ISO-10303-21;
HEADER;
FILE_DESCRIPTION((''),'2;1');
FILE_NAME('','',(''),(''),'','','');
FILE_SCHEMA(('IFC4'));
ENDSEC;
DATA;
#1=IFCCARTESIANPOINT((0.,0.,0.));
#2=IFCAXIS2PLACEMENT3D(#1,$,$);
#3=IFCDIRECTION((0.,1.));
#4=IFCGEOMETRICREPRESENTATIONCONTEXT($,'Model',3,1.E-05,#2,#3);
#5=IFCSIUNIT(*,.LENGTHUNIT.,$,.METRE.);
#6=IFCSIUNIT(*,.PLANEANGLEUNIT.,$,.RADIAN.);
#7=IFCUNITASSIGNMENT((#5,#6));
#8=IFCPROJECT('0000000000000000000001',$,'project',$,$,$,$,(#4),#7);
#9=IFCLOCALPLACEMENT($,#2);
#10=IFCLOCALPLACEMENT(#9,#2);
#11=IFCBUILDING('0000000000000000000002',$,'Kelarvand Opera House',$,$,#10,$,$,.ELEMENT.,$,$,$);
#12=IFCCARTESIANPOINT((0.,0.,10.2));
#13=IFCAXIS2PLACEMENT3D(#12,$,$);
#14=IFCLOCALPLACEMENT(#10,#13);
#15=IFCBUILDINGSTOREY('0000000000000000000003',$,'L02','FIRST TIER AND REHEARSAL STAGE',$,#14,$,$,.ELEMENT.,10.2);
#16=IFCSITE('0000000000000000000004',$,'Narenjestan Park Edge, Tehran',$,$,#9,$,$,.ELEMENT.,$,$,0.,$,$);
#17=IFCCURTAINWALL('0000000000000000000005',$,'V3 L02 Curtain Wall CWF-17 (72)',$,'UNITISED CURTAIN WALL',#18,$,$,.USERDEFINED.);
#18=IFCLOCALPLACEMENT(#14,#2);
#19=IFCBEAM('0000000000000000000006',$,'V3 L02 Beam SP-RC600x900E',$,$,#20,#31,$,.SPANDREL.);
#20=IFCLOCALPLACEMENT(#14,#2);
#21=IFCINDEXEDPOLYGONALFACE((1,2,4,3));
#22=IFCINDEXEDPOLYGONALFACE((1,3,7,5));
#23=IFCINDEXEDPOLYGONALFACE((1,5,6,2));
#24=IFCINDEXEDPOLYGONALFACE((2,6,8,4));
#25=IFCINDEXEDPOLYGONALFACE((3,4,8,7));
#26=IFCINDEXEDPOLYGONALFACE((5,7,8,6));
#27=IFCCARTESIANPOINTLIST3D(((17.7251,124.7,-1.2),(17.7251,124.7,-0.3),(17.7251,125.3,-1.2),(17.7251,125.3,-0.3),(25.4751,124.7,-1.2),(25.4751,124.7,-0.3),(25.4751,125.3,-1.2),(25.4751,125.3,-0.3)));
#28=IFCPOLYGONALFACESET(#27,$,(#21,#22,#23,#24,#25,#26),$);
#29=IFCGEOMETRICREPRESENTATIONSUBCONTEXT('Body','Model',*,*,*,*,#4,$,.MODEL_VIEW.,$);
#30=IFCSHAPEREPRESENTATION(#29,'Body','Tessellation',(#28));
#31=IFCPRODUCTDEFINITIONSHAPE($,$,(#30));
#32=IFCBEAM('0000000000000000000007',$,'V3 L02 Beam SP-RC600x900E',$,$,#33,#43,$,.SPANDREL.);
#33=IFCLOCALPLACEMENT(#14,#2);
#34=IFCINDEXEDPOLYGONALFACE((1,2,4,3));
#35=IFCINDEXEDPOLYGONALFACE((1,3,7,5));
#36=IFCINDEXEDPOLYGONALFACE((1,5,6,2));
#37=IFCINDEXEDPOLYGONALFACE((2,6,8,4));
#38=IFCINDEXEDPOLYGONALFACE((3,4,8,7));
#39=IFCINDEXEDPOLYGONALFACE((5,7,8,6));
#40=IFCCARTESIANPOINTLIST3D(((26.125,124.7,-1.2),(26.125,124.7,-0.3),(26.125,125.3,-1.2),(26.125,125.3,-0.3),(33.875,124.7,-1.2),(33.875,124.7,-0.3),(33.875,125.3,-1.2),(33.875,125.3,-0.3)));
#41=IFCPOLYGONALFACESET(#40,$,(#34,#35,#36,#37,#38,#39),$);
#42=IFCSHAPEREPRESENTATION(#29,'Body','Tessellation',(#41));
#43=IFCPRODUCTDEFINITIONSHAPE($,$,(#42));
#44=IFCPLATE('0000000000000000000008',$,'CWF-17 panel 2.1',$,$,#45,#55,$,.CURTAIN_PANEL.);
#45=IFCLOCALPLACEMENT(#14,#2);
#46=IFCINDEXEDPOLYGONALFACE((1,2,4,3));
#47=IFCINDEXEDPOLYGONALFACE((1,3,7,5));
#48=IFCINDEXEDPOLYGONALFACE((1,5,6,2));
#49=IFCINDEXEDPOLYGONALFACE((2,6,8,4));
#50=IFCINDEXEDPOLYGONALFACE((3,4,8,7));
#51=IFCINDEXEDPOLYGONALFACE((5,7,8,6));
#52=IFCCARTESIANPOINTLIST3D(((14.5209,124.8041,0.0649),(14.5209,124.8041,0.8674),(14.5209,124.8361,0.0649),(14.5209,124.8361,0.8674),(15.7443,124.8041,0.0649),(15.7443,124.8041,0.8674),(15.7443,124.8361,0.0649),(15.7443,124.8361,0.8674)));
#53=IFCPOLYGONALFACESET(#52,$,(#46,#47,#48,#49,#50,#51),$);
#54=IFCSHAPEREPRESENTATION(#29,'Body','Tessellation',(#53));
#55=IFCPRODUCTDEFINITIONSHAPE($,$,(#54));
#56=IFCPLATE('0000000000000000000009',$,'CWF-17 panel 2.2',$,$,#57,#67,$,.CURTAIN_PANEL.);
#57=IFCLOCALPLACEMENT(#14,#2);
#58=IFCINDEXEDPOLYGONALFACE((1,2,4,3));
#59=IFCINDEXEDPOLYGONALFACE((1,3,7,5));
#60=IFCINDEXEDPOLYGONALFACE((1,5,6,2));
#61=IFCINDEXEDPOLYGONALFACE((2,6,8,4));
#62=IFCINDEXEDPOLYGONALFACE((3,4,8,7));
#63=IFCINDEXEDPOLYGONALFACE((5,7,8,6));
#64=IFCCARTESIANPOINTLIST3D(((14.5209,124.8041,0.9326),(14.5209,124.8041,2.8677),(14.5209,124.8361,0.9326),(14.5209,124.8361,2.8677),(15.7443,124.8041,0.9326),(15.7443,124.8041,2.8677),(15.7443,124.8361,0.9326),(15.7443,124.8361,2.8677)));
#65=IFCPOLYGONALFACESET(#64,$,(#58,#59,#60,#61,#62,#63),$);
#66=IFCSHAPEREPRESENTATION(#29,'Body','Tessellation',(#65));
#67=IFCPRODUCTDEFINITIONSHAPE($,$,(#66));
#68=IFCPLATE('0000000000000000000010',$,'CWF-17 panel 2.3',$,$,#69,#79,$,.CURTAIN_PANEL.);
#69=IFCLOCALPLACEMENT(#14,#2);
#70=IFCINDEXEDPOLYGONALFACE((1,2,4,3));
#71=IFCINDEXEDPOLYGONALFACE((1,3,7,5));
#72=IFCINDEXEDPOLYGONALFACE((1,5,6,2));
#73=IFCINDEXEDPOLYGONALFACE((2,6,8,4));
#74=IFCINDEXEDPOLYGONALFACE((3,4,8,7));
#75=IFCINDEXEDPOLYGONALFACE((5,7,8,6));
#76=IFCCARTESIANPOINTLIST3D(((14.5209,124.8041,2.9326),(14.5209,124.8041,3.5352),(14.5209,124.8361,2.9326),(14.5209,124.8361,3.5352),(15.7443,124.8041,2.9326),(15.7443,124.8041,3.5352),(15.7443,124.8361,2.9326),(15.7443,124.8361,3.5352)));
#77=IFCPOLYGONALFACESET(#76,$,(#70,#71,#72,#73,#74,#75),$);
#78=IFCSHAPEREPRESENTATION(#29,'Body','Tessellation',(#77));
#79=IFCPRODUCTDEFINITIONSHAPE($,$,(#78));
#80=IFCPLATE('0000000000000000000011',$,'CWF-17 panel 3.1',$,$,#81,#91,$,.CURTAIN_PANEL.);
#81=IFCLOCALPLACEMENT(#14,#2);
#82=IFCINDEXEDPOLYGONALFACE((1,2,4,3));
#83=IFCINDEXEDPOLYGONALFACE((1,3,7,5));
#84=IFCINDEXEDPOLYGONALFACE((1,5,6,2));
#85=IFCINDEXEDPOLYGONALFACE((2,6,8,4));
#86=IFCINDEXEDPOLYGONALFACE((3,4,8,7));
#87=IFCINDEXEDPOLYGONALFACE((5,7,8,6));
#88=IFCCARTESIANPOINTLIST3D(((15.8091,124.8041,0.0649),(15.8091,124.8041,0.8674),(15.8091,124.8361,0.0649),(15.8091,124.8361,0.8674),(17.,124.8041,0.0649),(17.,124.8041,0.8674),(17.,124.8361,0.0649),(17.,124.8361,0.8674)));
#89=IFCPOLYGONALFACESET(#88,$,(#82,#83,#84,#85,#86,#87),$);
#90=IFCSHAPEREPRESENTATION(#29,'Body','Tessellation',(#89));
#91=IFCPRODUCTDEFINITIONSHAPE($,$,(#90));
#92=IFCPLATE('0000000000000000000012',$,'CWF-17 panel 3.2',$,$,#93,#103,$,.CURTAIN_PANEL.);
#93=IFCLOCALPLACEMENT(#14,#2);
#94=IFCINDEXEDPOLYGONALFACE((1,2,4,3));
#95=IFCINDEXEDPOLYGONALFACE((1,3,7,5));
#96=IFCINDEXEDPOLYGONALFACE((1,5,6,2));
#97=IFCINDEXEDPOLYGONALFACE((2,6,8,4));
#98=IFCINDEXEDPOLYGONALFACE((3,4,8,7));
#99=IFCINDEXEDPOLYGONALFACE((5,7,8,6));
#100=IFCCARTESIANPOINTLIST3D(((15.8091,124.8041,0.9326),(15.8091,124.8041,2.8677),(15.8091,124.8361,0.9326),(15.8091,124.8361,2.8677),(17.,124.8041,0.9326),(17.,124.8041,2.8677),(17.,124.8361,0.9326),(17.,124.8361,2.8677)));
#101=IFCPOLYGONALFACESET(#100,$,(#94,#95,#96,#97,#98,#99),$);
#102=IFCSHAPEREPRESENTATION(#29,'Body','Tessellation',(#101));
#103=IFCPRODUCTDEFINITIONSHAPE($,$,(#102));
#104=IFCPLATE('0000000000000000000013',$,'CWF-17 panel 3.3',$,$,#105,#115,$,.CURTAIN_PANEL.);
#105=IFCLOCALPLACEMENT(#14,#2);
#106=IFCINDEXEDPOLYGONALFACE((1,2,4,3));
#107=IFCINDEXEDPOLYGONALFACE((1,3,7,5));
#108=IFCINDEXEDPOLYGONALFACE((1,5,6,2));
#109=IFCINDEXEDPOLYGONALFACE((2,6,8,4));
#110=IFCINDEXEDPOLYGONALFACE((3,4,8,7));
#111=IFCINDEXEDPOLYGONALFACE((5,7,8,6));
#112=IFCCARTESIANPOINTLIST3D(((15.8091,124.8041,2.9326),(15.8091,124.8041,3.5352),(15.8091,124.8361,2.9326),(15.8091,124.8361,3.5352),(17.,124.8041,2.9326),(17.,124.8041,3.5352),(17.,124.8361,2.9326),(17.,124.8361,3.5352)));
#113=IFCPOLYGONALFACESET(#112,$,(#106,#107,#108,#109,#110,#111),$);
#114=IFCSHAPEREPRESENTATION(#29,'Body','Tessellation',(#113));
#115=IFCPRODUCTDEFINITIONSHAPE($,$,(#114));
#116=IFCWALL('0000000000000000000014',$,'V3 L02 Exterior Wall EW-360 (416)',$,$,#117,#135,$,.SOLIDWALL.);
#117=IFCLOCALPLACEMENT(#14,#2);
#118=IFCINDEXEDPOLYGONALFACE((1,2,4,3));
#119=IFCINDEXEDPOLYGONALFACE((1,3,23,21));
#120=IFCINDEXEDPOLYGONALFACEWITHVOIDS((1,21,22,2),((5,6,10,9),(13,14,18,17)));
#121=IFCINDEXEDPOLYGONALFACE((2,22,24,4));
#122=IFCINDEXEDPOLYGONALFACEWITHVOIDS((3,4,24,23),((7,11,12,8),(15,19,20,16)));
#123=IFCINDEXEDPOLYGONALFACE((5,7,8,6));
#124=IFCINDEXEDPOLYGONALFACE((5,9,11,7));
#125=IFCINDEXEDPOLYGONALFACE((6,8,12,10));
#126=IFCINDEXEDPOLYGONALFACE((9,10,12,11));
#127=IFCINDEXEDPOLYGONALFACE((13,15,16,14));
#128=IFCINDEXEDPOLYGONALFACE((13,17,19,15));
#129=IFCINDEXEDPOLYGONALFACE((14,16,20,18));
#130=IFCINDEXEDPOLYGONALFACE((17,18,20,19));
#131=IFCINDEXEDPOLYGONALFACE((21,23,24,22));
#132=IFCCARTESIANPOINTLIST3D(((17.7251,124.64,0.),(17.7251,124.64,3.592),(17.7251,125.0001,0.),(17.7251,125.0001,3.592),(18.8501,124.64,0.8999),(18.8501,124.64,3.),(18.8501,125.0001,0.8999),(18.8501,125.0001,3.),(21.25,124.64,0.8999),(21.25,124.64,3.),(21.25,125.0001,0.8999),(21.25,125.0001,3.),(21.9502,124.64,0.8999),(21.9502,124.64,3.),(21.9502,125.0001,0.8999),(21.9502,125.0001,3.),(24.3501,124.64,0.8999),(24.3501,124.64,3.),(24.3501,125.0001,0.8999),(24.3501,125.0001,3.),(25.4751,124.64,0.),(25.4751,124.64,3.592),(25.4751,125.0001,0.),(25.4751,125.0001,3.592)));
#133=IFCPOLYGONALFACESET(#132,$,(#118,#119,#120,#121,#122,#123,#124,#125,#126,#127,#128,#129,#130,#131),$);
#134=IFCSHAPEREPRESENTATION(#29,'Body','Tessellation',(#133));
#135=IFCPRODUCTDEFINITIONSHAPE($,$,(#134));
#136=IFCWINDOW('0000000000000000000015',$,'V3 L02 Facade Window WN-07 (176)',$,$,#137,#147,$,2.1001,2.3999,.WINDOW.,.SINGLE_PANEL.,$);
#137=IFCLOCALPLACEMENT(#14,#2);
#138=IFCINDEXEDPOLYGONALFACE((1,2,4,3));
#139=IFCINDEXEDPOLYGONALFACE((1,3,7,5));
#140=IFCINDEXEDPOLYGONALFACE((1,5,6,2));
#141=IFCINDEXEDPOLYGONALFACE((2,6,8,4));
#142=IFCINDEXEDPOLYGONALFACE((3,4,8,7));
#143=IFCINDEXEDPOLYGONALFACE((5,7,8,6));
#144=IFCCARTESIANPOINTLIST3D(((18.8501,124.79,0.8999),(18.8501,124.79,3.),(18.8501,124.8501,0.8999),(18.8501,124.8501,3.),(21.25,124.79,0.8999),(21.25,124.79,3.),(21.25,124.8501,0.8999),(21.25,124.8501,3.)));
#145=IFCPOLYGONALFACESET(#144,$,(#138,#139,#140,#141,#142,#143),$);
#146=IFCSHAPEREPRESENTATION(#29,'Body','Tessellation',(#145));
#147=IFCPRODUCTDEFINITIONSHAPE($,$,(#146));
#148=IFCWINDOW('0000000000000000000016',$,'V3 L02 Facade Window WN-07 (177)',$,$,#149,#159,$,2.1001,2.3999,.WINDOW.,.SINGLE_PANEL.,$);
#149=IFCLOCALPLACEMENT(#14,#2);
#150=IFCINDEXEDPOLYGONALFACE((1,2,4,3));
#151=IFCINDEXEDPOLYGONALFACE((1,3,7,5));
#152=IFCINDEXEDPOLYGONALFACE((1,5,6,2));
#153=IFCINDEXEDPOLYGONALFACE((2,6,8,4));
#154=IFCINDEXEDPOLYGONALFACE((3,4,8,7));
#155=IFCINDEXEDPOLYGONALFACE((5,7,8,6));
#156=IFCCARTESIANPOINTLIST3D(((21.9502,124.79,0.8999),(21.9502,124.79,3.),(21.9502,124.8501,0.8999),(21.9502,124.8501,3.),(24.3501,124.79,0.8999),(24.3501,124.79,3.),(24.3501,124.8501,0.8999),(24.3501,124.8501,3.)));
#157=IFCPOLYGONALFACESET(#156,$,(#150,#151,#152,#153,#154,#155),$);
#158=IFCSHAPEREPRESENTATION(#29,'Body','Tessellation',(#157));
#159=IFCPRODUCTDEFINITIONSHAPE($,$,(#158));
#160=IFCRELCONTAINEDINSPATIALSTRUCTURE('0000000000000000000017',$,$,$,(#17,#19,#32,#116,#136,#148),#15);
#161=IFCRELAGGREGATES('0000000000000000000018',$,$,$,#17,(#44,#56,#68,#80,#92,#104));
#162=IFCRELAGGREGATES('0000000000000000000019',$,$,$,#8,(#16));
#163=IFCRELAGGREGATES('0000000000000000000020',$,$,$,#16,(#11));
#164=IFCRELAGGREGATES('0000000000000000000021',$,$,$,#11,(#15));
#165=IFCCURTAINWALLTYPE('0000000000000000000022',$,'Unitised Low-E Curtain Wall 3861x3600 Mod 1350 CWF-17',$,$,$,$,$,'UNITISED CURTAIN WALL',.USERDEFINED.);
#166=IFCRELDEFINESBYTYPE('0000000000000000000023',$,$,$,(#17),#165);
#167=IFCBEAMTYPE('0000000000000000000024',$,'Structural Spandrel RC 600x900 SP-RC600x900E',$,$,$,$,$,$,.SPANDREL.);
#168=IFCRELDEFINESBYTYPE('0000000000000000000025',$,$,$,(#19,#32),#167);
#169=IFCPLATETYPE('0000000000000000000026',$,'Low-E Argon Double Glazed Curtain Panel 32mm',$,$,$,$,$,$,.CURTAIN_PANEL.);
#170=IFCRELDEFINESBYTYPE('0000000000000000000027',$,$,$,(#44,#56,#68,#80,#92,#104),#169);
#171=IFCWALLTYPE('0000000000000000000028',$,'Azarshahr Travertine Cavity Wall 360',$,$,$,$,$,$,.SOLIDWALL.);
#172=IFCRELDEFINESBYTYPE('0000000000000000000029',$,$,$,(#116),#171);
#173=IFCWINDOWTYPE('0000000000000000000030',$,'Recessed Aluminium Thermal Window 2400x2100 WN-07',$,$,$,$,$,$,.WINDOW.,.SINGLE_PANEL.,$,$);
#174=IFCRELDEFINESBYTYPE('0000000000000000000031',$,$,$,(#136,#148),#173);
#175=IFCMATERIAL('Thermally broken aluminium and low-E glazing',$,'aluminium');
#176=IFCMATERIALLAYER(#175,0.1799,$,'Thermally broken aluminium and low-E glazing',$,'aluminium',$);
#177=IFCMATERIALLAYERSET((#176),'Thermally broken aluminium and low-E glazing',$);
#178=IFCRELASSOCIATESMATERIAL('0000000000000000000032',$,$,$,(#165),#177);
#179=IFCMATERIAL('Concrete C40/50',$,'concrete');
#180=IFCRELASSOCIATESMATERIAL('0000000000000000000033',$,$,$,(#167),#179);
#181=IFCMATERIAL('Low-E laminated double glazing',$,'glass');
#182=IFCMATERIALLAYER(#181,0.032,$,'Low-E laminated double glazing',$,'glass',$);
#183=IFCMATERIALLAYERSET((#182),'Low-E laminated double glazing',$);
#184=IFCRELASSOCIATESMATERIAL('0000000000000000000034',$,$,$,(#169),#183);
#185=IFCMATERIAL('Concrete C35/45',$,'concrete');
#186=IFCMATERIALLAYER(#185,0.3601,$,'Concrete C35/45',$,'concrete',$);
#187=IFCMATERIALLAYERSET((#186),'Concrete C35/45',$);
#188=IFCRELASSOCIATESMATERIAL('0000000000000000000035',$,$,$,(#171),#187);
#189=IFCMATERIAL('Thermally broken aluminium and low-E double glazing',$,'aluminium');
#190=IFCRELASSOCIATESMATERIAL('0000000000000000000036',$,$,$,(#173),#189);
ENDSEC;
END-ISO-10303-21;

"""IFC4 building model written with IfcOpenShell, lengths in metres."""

from ifc_helpers import new_model, si_unit, direction, frame, frame_2d, origin, origin_2d, place, context, subcontext, project, spatial, rectangle, extrude, material, layer, layer_set, material_profile, profile_set, type_object, element, fill, aggregate, save


model = new_model("IFC4")

# Units and contexts
model_context = context("Model", 3, precision=1e-05, world=origin(), true_north=direction((0.0, 1.0)))
body_context = subcontext(model_context, "Body", "Model", "MODEL_VIEW")
ifc_project = project(units=[si_unit("LENGTHUNIT", "METRE"), si_unit("PLANEANGLEUNIT", "RADIAN")], contexts=[model_context])

# Site, building, storey
site_placement = place(None, origin())
site = spatial("IfcSite", under=ifc_project, at=site_placement, Name="Narenjestan Park Edge, Tehran", CompositionType="ELEMENT", RefElevation=0.0)
building_placement = place(site_placement, origin())
building = spatial("IfcBuilding", under=site, at=building_placement, Name="Kelarvand Opera House", CompositionType="ELEMENT")
storey_placement = place(building_placement, frame((0.0, 0.0, 10.2)))
storey = spatial("IfcBuildingStorey", under=building, at=storey_placement, Name="L02", Description="FIRST TIER AND REHEARSAL STAGE", CompositionType="ELEMENT", Elevation=10.2)

# Shared definitions
ifc_material_1 = material(Name="Concrete C40/50", Category="concrete")

# Curtain wall
ifc_material_2 = material(Name="Thermally broken aluminium and low-E glazing", Category="aluminium")
ifc_layer_1 = layer(ifc_material_2, 0.1799, Name="Thermally broken aluminium and low-E glazing", Category="aluminium")
ifc_layer_set_1 = layer_set([ifc_layer_1], Name="Thermally broken aluminium and low-E glazing")
curtain_wall_type = type_object("IfcCurtainWallType", Name="Unitised Low-E Curtain Wall 3861x3600 Mod 1350 CWF-17", ElementType="UNITISED CURTAIN WALL", PredefinedType="USERDEFINED", material=ifc_layer_set_1)
curtain_wall_1_placement = place(storey_placement, origin())
curtain_wall_1 = element("IfcCurtainWall", 1, at=curtain_wall_1_placement, inside=storey, type_object=curtain_wall_type, Name="V3 L02 Curtain Wall CWF-17 (72)", ObjectType="UNITISED CURTAIN WALL", PredefinedType="USERDEFINED")

# Beams
ifc_material_profile_1 = material_profile(ifc_material_1, rectangle(XDim=0.6001, YDim=0.8999, at=origin_2d()), Name="RC 600x900", Category="concrete")
ifc_profile_set_1 = profile_set([ifc_material_profile_1], Name="Concrete C40/50")
beam_type = type_object("IfcBeamType", Name="Structural Spandrel RC 600x900 SP-RC600x900E", PredefinedType="SPANDREL", material=ifc_profile_set_1)
for number, where, z_axis, x_axis, name in (
    (2, (17.7251, 125.0, -0.75), (1.0, 0.0, 0.0), (0.0, 1.0, 0.0), "V3 L02 Beam SP-RC600x900E"),
    (3, (26.125, 125.0, -0.75), (1.0, 0.0, 0.0), (0.0, 1.0, 0.0), "V3 L02 Beam SP-RC600x900E"),
):
    element("IfcBeam", number, at=place(storey_placement, frame(where, z_axis=z_axis, x_axis=x_axis)), inside=storey, type_object=beam_type, Name=name, PredefinedType="SPANDREL", context=body_context, shape_type="SweptSolid", body=[
        extrude(rectangle(XDim=0.6001, YDim=0.8999, at=origin_2d()), origin(), (0.0, 0.0, 1.0), 7.75),
    ])

# Plates
ifc_material_3 = material(Name="Low-E laminated double glazing", Category="glass")
ifc_layer_2 = layer(ifc_material_3, 0.032, Name="Low-E laminated double glazing", Category="glass")
ifc_layer_set_2 = layer_set([ifc_layer_2], Name="Low-E laminated double glazing")
plate_type = type_object("IfcPlateType", Name="Low-E Argon Double Glazed Curtain Panel 32mm", PredefinedType="CURTAIN_PANEL", material=ifc_layer_set_2)
plate_1_placement = place(storey_placement, frame((15.1326, 124.8201, 0.0649), z_axis=(0.0, 0.0, 1.0), x_axis=(1.0, 0.0, 0.0)))
plate_1 = element("IfcPlate", 4, at=plate_1_placement, type_object=plate_type, Name="CWF-17 panel 2.1", PredefinedType="CURTAIN_PANEL", context=body_context, shape_type="SweptSolid", body=[
    extrude(rectangle(XDim=1.2234, YDim=0.032, at=origin_2d()), origin(), (0.0, 0.0, 1.0), 0.8025),
])
plate_2_placement = place(storey_placement, frame((15.1326, 124.8201, 0.9326), z_axis=(0.0, 0.0, 1.0), x_axis=(1.0, 0.0, 0.0)))
plate_2 = element("IfcPlate", 5, at=plate_2_placement, type_object=plate_type, Name="CWF-17 panel 2.2", PredefinedType="CURTAIN_PANEL", context=body_context, shape_type="SweptSolid", body=[
    extrude(rectangle(XDim=1.2234, YDim=0.032, at=origin_2d()), origin(), (0.0, 0.0, 1.0), 1.9351),
])
plate_3_placement = place(storey_placement, frame((15.1326, 124.8201, 2.9326), z_axis=(0.0, 0.0, 1.0), x_axis=(1.0, 0.0, 0.0)))
plate_3 = element("IfcPlate", 6, at=plate_3_placement, type_object=plate_type, Name="CWF-17 panel 2.3", PredefinedType="CURTAIN_PANEL", context=body_context, shape_type="SweptSolid", body=[
    extrude(rectangle(XDim=1.2234, YDim=0.032, at=origin_2d()), origin(), (0.0, 0.0, 1.0), 0.6025),
])
plate_4_placement = place(storey_placement, frame((16.4045, 124.8201, 0.0649), z_axis=(0.0, 0.0, 1.0), x_axis=(1.0, 0.0, 0.0)))
plate_4 = element("IfcPlate", 7, at=plate_4_placement, type_object=plate_type, Name="CWF-17 panel 3.1", PredefinedType="CURTAIN_PANEL", context=body_context, shape_type="SweptSolid", body=[
    extrude(rectangle(XDim=1.1909, YDim=0.032, at=origin_2d()), origin(), (0.0, 0.0, 1.0), 0.8025),
])
plate_5_placement = place(storey_placement, frame((16.4045, 124.8201, 0.9326), z_axis=(0.0, 0.0, 1.0), x_axis=(1.0, 0.0, 0.0)))
plate_5 = element("IfcPlate", 8, at=plate_5_placement, type_object=plate_type, Name="CWF-17 panel 3.2", PredefinedType="CURTAIN_PANEL", context=body_context, shape_type="SweptSolid", body=[
    extrude(rectangle(XDim=1.1909, YDim=0.032, at=origin_2d()), origin(), (0.0, 0.0, 1.0), 1.9351),
])
plate_6_placement = place(storey_placement, frame((16.4045, 124.8201, 2.9326), z_axis=(0.0, 0.0, 1.0), x_axis=(1.0, 0.0, 0.0)))
plate_6 = element("IfcPlate", 9, at=plate_6_placement, type_object=plate_type, Name="CWF-17 panel 3.3", PredefinedType="CURTAIN_PANEL", context=body_context, shape_type="SweptSolid", body=[
    extrude(rectangle(XDim=1.1909, YDim=0.032, at=origin_2d()), origin(), (0.0, 0.0, 1.0), 0.6025),
])
aggregate(curtain_wall_1, [plate_1, plate_2, plate_3, plate_4, plate_5, plate_6])

# Wall, openings, windows
ifc_material_4 = material(Name="Concrete C35/45", Category="concrete")
ifc_layer_3 = layer(ifc_material_4, 0.3601, Name="Concrete C35/45", Category="concrete")
ifc_layer_set_3 = layer_set([ifc_layer_3], Name="Concrete C35/45")
wall_type = type_object("IfcWallType", Name="Azarshahr Travertine Cavity Wall 360", PredefinedType="SOLIDWALL", material=ifc_layer_set_3)
wall_placement = place(storey_placement, frame((17.7251, 124.8201, 0.0), z_axis=(0.0, 0.0, 1.0), x_axis=(1.0, 0.0, 0.0)))
wall = element("IfcWall", 10, at=wall_placement, inside=storey, type_object=wall_type, Name="V3 L02 Exterior Wall EW-360 (416)", PredefinedType="SOLIDWALL", context=body_context, shape_type="SweptSolid", body=[
    extrude(rectangle(XDim=7.75, YDim=0.3601, at=frame_2d((3.875, 0.0))), origin(), (0.0, 0.0, 1.0), 3.592),
])
opening_1_placement = place(wall_placement, frame((1.125, 0.0, 0.8999)))
opening_1 = element("IfcOpeningElement", 11, at=opening_1_placement, cuts=wall, PredefinedType="OPENING", context=body_context, shape_type="SweptSolid", body=[
    extrude(rectangle(XDim=2.3999, YDim=2.1001, at=frame_2d((1.2, 1.05))), frame((0.0, 0.1899, 0.0), z_axis=(0.0, -1.0, 0.0), x_axis=(1.0, 0.0, 0.0)), (0.0, 0.0, 1.0), 0.3801),
])
opening_2_placement = place(wall_placement, frame((4.2251, 0.0, 0.8999)))
opening_2 = element("IfcOpeningElement", 12, at=opening_2_placement, cuts=wall, PredefinedType="OPENING", context=body_context, shape_type="SweptSolid", body=[
    extrude(rectangle(XDim=2.3999, YDim=2.1001, at=frame_2d((1.2, 1.05))), frame((0.0, 0.1899, 0.0), z_axis=(0.0, -1.0, 0.0), x_axis=(1.0, 0.0, 0.0)), (0.0, 0.0, 1.0), 0.3801),
])
ifc_material_5 = material(Name="Thermally broken aluminium and low-E double glazing", Category="aluminium")
window_type = type_object("IfcWindowType", Name="Recessed Aluminium Thermal Window 2400x2100 WN-07", PartitioningType="SINGLE_PANEL", PredefinedType="WINDOW", material=ifc_material_5)
window_1_placement = place(opening_1_placement, origin())
window_1 = element("IfcWindow", 13, at=window_1_placement, inside=storey, type_object=window_type, Name="V3 L02 Facade Window WN-07 (176)", OverallHeight=2.1001, OverallWidth=2.3999, PartitioningType="SINGLE_PANEL", PredefinedType="WINDOW", context=body_context, shape_type="SweptSolid", body=[
    extrude(rectangle(XDim=2.3999, YDim=2.1001, at=frame_2d((1.2, 1.05))), frame((0.0, 0.03, 0.0), z_axis=(0.0, -1.0, 0.0), x_axis=(1.0, 0.0, 0.0)), (0.0, 0.0, 1.0), 0.0601),
])
fill(opening_1, window_1)
window_2_placement = place(opening_2_placement, origin())
window_2 = element("IfcWindow", 14, at=window_2_placement, inside=storey, type_object=window_type, Name="V3 L02 Facade Window WN-07 (177)", OverallHeight=2.1001, OverallWidth=2.3999, PartitioningType="SINGLE_PANEL", PredefinedType="WINDOW", context=body_context, shape_type="SweptSolid", body=[
    extrude(rectangle(XDim=2.3999, YDim=2.1001, at=frame_2d((1.2, 1.05))), frame((0.0, 0.03, 0.0), z_axis=(0.0, -1.0, 0.0), x_axis=(1.0, 0.0, 0.0)), (0.0, 0.0, 1.0), 0.0601),
])
fill(opening_2, window_2)

save(model, "model.ifc")
